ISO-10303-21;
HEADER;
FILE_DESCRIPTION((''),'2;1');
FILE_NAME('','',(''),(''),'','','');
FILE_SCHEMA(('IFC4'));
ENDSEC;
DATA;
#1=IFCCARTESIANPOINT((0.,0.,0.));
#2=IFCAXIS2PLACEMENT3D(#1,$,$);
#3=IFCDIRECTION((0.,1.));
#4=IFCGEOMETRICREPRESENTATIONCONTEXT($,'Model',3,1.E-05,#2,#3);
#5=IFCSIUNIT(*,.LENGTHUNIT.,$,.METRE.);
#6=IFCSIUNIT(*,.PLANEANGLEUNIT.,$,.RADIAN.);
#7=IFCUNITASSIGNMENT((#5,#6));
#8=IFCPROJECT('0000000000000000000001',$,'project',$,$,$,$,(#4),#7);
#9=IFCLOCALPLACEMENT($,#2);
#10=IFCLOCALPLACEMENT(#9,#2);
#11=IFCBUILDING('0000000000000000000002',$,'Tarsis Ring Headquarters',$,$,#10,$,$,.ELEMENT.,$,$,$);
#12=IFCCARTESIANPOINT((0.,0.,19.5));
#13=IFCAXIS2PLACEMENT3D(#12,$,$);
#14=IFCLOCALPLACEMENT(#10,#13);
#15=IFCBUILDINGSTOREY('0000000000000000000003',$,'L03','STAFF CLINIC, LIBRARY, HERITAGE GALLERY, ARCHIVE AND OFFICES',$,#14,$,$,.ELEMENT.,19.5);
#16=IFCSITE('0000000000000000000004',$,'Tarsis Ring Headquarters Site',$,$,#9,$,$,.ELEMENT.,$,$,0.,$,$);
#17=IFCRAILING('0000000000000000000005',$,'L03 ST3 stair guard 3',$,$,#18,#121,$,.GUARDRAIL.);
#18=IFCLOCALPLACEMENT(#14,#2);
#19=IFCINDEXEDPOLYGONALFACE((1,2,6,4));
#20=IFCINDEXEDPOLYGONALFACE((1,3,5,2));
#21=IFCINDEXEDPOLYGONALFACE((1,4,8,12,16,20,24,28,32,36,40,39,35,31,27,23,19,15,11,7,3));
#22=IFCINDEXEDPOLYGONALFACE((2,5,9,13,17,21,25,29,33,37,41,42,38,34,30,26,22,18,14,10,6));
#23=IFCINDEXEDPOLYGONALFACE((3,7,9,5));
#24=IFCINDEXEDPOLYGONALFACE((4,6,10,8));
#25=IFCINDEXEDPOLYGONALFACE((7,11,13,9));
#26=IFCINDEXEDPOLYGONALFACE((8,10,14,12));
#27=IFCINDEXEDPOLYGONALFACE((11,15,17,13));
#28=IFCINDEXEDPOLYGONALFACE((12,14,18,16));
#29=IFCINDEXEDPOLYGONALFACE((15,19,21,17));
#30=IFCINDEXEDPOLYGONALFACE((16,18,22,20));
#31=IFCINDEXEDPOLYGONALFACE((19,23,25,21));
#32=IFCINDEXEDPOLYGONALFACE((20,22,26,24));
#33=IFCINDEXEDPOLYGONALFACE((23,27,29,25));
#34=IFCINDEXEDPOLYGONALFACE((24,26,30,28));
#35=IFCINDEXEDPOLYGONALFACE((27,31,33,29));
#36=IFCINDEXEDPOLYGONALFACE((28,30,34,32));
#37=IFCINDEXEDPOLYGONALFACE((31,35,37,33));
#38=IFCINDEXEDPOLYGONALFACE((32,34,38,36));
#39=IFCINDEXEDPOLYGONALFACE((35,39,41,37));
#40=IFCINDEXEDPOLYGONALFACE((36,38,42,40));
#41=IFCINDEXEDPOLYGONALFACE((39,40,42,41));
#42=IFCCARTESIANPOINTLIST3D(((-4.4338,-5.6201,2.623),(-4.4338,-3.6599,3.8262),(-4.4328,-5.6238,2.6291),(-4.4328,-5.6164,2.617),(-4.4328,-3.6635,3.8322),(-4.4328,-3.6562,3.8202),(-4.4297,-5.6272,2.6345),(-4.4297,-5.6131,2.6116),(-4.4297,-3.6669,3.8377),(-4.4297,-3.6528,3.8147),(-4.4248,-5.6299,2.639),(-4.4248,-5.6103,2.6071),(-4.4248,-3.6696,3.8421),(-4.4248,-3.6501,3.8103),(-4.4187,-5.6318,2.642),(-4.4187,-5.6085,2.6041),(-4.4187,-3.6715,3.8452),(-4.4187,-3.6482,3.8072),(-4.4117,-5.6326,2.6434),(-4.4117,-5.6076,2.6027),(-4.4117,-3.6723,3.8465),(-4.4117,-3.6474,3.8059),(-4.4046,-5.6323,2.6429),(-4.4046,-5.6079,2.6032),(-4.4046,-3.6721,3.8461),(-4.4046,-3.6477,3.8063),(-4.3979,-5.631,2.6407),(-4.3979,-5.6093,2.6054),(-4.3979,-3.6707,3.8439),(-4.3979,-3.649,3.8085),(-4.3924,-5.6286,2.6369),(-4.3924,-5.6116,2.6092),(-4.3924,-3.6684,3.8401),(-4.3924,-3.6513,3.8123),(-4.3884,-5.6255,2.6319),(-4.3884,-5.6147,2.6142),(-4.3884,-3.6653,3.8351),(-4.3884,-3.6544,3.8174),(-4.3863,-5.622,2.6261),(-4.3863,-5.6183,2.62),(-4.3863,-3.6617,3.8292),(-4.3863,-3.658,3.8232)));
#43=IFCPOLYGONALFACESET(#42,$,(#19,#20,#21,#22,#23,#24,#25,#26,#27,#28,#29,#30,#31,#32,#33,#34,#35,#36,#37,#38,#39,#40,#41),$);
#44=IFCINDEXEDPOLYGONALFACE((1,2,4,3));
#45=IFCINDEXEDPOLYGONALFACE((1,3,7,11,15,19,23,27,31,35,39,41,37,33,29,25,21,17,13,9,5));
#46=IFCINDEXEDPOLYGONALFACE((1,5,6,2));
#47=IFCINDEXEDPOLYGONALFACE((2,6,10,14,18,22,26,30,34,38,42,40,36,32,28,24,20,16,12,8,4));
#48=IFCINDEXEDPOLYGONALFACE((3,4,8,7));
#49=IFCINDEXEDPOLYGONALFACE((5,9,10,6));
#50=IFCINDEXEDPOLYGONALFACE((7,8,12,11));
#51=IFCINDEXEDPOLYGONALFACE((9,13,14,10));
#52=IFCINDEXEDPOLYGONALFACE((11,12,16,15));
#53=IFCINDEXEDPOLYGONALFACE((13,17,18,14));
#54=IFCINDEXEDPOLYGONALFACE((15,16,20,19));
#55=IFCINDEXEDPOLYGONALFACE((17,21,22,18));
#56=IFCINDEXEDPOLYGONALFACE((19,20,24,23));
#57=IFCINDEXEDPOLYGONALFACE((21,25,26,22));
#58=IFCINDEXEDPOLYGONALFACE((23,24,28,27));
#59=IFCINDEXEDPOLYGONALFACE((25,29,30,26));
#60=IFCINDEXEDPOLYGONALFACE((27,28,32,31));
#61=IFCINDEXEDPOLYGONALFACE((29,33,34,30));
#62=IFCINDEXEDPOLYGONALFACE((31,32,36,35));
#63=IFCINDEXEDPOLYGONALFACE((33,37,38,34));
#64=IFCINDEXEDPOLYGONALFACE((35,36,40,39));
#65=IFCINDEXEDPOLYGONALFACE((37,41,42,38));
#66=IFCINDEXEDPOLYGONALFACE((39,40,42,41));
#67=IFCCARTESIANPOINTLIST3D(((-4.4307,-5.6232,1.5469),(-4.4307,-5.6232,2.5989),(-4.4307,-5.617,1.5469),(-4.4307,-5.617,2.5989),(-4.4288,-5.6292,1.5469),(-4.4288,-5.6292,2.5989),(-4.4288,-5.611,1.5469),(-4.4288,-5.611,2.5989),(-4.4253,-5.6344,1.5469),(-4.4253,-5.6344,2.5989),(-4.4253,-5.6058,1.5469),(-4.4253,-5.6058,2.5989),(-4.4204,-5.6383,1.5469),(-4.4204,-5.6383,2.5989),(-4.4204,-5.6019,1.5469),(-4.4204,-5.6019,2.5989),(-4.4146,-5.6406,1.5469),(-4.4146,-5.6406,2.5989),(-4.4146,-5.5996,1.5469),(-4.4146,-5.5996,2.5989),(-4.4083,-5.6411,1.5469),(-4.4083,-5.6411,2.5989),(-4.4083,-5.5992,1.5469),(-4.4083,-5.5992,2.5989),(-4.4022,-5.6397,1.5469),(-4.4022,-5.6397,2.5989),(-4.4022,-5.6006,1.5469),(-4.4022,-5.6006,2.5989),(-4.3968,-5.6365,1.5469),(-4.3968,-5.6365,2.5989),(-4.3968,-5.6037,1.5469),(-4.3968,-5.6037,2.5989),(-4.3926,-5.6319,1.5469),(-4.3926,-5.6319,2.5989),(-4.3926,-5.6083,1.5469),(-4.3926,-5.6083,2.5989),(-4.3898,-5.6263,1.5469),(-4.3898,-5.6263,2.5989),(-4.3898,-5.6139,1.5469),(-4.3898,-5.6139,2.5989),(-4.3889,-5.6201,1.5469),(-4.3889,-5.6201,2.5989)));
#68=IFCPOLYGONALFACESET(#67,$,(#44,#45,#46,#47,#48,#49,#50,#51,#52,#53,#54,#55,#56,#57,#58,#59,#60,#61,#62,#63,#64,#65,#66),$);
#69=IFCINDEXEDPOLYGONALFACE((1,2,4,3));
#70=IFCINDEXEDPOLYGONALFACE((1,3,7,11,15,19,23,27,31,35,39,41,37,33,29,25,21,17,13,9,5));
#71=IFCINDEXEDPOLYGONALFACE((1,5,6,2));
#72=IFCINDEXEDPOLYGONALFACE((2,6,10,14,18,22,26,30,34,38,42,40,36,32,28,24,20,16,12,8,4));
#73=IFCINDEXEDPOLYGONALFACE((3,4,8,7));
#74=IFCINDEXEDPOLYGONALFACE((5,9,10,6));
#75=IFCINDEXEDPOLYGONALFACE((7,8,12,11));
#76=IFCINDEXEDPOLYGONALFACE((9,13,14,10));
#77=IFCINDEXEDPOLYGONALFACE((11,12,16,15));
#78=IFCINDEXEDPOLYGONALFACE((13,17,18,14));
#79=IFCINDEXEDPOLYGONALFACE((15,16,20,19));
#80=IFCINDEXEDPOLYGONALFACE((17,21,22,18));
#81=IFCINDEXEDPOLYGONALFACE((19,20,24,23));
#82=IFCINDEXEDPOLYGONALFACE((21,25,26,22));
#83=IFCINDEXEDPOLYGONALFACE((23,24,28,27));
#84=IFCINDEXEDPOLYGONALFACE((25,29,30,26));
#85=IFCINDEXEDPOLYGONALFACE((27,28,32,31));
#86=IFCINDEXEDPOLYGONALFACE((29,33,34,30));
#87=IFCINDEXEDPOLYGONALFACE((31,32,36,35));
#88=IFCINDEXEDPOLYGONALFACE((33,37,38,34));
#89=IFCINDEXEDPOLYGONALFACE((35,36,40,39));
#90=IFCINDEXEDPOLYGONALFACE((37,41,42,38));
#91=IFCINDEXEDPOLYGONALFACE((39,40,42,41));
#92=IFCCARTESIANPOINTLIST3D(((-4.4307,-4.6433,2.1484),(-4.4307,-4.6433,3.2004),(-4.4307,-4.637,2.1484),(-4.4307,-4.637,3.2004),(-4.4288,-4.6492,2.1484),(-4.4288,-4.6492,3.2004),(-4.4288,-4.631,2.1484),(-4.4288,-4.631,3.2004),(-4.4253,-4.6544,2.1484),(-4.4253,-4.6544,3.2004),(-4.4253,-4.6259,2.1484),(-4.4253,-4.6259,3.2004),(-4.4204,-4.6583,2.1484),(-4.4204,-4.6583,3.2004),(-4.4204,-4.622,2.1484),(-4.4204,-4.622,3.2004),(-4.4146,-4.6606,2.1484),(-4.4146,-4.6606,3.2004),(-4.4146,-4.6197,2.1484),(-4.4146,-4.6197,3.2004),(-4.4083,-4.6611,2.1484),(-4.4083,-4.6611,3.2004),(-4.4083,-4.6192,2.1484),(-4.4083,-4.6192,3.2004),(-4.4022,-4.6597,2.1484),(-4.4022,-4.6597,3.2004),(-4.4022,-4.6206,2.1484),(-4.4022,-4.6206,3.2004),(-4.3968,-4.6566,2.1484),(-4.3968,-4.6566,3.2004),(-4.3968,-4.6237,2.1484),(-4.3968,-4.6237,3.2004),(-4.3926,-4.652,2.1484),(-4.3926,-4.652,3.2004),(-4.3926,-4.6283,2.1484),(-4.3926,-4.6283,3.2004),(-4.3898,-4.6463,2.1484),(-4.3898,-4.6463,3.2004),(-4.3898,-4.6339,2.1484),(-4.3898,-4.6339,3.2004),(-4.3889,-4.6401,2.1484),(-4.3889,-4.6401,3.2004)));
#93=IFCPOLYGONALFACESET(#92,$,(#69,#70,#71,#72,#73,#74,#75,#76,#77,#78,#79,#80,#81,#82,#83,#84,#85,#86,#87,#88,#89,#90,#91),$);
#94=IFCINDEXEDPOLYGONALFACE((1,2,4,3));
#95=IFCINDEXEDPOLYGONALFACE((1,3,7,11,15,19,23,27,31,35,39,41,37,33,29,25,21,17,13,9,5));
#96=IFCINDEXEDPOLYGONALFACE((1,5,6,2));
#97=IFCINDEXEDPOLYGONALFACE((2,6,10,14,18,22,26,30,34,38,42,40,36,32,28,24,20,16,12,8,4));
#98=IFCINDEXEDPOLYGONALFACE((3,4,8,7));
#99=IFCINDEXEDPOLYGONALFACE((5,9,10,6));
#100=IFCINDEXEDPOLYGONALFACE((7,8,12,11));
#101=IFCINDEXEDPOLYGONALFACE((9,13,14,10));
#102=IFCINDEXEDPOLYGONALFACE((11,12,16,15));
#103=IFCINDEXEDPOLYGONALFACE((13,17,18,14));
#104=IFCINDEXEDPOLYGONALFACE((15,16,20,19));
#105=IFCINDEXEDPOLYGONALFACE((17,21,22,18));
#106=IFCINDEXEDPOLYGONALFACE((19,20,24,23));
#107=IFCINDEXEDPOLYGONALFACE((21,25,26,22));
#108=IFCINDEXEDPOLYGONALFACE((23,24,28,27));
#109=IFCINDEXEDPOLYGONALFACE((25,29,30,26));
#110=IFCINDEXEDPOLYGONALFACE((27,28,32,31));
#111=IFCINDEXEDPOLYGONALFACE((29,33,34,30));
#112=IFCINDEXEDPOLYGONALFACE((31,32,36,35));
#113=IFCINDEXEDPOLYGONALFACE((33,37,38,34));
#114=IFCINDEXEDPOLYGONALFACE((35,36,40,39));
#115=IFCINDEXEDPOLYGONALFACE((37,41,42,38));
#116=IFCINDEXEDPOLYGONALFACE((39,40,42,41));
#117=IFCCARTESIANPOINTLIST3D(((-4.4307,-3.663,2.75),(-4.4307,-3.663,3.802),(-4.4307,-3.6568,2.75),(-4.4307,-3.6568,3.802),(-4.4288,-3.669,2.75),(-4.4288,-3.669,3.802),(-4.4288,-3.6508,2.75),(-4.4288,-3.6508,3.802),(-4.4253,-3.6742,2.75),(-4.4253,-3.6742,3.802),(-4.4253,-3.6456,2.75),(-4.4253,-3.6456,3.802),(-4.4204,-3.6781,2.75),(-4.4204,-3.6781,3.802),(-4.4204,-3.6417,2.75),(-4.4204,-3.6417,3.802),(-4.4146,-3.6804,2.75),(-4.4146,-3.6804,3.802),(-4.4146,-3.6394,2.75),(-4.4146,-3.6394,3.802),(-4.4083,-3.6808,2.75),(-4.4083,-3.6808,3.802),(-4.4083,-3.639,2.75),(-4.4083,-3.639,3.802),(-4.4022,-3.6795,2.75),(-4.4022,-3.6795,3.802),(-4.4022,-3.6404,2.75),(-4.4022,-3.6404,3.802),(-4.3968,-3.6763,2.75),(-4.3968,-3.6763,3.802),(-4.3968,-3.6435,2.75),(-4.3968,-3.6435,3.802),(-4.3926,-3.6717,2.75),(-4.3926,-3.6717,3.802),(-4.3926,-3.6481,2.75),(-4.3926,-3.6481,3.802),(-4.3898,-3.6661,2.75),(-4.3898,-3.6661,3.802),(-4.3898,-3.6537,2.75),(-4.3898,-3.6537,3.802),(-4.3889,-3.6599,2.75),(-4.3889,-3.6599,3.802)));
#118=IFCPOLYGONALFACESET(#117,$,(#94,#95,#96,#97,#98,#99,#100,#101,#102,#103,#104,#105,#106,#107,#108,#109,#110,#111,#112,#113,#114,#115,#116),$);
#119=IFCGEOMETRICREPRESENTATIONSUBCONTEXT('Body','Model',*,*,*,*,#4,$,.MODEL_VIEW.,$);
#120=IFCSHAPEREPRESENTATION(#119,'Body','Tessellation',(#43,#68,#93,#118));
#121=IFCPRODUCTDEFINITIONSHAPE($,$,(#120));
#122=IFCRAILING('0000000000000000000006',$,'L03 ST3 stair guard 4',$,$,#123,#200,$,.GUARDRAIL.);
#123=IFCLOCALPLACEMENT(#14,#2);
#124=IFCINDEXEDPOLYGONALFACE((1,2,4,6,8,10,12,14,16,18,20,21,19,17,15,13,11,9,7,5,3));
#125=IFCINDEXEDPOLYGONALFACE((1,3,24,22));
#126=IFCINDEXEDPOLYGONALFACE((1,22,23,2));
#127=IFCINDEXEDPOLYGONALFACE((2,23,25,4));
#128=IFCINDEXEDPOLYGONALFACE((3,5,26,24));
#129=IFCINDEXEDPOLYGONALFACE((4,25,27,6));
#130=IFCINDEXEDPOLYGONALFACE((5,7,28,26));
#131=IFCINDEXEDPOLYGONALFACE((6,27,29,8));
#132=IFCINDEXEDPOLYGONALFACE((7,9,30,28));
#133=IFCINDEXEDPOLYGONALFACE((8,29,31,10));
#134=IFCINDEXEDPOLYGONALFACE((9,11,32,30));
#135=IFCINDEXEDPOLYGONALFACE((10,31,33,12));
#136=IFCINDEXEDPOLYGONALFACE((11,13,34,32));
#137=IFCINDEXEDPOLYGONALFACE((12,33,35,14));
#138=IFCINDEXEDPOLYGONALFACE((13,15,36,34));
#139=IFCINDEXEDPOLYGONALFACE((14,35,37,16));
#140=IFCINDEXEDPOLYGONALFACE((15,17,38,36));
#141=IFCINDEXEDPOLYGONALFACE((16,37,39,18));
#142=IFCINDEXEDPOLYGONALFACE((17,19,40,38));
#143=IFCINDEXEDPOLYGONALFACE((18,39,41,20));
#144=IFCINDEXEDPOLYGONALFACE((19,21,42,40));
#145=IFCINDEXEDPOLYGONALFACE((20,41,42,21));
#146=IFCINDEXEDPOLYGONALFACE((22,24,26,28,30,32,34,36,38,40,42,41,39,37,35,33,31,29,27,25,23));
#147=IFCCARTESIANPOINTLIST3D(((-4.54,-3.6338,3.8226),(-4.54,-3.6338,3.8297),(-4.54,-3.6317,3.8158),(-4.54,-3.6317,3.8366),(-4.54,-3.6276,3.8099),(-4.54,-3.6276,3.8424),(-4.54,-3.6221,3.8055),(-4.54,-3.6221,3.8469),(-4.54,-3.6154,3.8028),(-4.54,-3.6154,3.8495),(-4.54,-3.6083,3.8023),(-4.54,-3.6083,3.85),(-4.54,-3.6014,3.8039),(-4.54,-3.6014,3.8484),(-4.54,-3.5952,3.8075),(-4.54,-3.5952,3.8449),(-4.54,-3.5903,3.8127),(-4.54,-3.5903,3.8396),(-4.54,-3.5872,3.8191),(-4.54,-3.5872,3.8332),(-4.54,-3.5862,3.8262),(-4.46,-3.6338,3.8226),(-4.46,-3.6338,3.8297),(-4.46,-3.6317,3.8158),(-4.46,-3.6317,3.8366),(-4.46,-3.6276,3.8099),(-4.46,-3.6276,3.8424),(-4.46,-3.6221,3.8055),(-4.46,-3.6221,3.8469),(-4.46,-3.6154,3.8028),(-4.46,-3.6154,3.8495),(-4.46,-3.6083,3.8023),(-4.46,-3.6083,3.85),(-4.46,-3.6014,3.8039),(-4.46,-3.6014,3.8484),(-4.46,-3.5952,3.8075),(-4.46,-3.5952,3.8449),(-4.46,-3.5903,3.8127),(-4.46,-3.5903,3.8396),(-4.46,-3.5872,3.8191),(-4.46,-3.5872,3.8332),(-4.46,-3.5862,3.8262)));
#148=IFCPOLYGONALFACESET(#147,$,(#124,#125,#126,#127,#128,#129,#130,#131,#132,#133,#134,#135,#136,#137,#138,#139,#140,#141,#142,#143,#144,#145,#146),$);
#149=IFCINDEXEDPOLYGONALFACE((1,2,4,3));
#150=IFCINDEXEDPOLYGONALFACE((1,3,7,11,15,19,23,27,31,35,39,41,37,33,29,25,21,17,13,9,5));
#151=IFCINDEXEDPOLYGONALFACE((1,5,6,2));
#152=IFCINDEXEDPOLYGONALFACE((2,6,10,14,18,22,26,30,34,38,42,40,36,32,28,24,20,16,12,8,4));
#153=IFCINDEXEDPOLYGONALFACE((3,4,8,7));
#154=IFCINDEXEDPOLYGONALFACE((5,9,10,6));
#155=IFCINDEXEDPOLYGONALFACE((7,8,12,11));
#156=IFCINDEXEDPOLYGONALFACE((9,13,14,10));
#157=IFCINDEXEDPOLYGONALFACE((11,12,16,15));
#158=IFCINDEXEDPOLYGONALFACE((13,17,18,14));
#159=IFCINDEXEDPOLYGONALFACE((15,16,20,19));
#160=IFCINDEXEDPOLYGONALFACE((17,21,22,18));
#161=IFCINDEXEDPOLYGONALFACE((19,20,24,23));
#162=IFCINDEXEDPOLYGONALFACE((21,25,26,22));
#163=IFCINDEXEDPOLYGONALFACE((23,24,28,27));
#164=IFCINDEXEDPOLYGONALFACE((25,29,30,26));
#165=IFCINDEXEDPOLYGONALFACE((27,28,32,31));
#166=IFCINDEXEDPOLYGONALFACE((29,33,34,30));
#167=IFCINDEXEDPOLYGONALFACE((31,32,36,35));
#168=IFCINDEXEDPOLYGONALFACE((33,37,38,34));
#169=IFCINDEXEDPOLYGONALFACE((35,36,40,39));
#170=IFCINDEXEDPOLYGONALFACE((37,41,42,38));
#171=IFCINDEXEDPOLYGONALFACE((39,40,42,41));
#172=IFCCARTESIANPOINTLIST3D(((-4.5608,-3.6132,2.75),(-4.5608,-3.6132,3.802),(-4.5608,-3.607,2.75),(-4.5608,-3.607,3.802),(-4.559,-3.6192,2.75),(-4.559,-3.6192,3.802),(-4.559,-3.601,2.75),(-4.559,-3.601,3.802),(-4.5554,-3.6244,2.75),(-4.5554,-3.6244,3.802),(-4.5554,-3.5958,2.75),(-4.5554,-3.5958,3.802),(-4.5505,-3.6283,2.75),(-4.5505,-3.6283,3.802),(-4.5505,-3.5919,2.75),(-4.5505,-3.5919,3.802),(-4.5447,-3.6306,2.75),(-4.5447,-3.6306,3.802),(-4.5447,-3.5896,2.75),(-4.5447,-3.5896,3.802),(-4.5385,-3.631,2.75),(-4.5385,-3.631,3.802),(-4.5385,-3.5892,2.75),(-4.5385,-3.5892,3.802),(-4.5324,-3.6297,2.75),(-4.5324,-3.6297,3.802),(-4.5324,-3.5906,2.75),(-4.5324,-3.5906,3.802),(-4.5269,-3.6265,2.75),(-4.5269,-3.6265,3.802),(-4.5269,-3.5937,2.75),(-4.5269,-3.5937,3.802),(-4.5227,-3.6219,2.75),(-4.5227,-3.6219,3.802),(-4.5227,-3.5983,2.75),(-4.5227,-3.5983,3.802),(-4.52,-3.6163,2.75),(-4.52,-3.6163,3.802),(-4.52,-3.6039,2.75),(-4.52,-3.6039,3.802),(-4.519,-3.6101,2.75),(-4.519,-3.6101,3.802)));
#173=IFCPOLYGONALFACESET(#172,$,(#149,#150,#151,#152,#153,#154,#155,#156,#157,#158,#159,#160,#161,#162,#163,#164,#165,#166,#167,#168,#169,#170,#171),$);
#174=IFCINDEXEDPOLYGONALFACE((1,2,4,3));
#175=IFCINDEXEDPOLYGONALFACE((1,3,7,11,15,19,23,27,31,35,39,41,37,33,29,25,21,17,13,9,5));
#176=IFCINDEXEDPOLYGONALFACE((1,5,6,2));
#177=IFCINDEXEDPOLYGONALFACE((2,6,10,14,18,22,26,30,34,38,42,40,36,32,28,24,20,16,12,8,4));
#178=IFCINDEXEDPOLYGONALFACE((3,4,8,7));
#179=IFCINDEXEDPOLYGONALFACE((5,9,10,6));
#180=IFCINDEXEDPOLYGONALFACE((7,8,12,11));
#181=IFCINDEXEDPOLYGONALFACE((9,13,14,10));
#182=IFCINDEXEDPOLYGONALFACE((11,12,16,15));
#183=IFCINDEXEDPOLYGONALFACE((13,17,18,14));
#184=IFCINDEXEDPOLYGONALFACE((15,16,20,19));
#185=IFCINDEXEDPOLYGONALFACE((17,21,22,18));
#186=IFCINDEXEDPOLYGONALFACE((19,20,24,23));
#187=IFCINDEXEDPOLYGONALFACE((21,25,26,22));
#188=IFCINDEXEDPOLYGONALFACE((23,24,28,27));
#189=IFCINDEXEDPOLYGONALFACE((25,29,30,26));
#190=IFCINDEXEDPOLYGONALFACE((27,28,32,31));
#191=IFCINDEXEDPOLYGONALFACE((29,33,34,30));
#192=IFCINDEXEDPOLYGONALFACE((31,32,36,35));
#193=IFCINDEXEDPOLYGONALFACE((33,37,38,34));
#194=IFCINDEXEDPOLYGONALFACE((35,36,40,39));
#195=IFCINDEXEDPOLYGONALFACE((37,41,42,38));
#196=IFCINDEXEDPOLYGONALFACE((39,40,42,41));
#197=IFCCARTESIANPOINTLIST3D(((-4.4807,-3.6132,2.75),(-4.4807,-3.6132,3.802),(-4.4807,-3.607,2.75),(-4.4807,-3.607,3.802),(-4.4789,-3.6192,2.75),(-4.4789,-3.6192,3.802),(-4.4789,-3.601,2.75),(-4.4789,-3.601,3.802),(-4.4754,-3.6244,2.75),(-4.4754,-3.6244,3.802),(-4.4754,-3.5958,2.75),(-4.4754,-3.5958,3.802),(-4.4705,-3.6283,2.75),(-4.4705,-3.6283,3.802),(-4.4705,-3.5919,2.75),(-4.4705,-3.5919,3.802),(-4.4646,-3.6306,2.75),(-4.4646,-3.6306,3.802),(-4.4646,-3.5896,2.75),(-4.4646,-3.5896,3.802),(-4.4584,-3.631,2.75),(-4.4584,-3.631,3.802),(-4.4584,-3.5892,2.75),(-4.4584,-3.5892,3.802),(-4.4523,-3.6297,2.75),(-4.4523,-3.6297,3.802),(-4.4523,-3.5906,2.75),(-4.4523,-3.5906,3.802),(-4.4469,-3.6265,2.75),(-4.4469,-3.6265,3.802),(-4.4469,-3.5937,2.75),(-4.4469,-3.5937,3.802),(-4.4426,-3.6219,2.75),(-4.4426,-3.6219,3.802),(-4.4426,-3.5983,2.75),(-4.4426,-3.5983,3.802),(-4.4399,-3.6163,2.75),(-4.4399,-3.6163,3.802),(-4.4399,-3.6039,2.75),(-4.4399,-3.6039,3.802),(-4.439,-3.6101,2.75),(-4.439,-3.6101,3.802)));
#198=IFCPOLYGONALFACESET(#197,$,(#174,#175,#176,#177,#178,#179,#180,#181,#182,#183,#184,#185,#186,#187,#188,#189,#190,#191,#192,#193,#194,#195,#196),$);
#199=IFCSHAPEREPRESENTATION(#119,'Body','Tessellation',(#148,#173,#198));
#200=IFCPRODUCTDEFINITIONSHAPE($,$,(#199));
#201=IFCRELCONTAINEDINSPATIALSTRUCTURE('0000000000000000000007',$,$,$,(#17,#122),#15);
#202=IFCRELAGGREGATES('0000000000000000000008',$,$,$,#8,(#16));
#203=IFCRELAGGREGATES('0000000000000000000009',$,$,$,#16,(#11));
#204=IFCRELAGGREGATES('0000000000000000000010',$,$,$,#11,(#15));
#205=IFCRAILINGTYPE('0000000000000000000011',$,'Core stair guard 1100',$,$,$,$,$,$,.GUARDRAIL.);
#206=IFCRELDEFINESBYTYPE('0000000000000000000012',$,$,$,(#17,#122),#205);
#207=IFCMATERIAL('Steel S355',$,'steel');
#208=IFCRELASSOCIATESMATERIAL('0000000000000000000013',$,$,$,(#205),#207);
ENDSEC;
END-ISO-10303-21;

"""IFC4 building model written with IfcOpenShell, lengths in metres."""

from ifc_helpers import new_model, si_unit, direction, frame, origin, origin_2d, place, context, subcontext, project, spatial, circle, extrude, material, type_object, element, save


model = new_model("IFC4")

# Units and contexts
model_context = context("Model", 3, precision=1e-05, world=origin(), true_north=direction((0.0, 1.0)))
body_context = subcontext(model_context, "Body", "Model", "MODEL_VIEW")
ifc_project = project(units=[si_unit("LENGTHUNIT", "METRE"), si_unit("PLANEANGLEUNIT", "RADIAN")], contexts=[model_context])

# Site, building, storey
site_placement = place(None, origin())
site = spatial("IfcSite", under=ifc_project, at=site_placement, Name="Tarsis Ring Headquarters Site", CompositionType="ELEMENT", RefElevation=0.0)
building_placement = place(site_placement, origin())
building = spatial("IfcBuilding", under=site, at=building_placement, Name="Tarsis Ring Headquarters", CompositionType="ELEMENT")
storey_placement = place(building_placement, frame((0.0, 0.0, 19.5)))
storey = spatial("IfcBuildingStorey", under=building, at=storey_placement, Name="L03", Description="STAFF CLINIC, LIBRARY, HERITAGE GALLERY, ARCHIVE AND OFFICES", CompositionType="ELEMENT", Elevation=19.5)

# Shared definitions
ifc_material_1 = material(Name="Steel S355", Category="steel")

# Railings
railing_type_1 = type_object("IfcRailingType", Name="Core stair guard 1100", PredefinedType="GUARDRAIL", material=ifc_material_1)
railing_1_placement = place(storey_placement, frame((-4.4099, -5.6201, 1.5469)))
element("IfcRailing", 1, at=railing_1_placement, inside=storey, type_object=railing_type_1, Name="L03 ST3 stair guard 3", PredefinedType="GUARDRAIL", context=body_context, shape_type="SweptSolid", body=[
    extrude(circle(Radius=0.0239, at=origin_2d()), frame((0.0, 0.0, 1.0762), z_axis=(0.0, 0.85227, 0.523102), x_axis=(-1.0, 0.0, 0.0)), (0.0, 0.0, 1.0), 2.3),
    extrude(circle(Radius=0.021, at=origin_2d()), origin(), (0.0, 0.0, 1.0), 1.052),
    extrude(circle(Radius=0.021, at=origin_2d()), frame((0.0, 0.98, 0.6016)), (0.0, 0.0, 1.0), 1.052),
    extrude(circle(Radius=0.021, at=origin_2d()), frame((0.0, 1.9602, 1.2031)), (0.0, 0.0, 1.0), 1.052),
])
railing_2_placement = place(storey_placement, frame((-4.54, -3.6101, 2.75)))
element("IfcRailing", 2, at=railing_2_placement, inside=storey, type_object=railing_type_1, Name="L03 ST3 stair guard 4", PredefinedType="GUARDRAIL", context=body_context, shape_type="SweptSolid", body=[
    extrude(circle(Radius=0.0239, at=origin_2d()), frame((0.0, 0.0, 1.0762), z_axis=(1.0, 0.0, 0.0), x_axis=(0.0, 1.0, 0.0)), (0.0, 0.0, 1.0), 0.0801),
    extrude(circle(Radius=0.021, at=origin_2d()), origin(), (0.0, 0.0, 1.0), 1.052),
    extrude(circle(Radius=0.021, at=origin_2d()), frame((0.0801, 0.0, 0.0)), (0.0, 0.0, 1.0), 1.052),
])

save(model, "model.ifc")
